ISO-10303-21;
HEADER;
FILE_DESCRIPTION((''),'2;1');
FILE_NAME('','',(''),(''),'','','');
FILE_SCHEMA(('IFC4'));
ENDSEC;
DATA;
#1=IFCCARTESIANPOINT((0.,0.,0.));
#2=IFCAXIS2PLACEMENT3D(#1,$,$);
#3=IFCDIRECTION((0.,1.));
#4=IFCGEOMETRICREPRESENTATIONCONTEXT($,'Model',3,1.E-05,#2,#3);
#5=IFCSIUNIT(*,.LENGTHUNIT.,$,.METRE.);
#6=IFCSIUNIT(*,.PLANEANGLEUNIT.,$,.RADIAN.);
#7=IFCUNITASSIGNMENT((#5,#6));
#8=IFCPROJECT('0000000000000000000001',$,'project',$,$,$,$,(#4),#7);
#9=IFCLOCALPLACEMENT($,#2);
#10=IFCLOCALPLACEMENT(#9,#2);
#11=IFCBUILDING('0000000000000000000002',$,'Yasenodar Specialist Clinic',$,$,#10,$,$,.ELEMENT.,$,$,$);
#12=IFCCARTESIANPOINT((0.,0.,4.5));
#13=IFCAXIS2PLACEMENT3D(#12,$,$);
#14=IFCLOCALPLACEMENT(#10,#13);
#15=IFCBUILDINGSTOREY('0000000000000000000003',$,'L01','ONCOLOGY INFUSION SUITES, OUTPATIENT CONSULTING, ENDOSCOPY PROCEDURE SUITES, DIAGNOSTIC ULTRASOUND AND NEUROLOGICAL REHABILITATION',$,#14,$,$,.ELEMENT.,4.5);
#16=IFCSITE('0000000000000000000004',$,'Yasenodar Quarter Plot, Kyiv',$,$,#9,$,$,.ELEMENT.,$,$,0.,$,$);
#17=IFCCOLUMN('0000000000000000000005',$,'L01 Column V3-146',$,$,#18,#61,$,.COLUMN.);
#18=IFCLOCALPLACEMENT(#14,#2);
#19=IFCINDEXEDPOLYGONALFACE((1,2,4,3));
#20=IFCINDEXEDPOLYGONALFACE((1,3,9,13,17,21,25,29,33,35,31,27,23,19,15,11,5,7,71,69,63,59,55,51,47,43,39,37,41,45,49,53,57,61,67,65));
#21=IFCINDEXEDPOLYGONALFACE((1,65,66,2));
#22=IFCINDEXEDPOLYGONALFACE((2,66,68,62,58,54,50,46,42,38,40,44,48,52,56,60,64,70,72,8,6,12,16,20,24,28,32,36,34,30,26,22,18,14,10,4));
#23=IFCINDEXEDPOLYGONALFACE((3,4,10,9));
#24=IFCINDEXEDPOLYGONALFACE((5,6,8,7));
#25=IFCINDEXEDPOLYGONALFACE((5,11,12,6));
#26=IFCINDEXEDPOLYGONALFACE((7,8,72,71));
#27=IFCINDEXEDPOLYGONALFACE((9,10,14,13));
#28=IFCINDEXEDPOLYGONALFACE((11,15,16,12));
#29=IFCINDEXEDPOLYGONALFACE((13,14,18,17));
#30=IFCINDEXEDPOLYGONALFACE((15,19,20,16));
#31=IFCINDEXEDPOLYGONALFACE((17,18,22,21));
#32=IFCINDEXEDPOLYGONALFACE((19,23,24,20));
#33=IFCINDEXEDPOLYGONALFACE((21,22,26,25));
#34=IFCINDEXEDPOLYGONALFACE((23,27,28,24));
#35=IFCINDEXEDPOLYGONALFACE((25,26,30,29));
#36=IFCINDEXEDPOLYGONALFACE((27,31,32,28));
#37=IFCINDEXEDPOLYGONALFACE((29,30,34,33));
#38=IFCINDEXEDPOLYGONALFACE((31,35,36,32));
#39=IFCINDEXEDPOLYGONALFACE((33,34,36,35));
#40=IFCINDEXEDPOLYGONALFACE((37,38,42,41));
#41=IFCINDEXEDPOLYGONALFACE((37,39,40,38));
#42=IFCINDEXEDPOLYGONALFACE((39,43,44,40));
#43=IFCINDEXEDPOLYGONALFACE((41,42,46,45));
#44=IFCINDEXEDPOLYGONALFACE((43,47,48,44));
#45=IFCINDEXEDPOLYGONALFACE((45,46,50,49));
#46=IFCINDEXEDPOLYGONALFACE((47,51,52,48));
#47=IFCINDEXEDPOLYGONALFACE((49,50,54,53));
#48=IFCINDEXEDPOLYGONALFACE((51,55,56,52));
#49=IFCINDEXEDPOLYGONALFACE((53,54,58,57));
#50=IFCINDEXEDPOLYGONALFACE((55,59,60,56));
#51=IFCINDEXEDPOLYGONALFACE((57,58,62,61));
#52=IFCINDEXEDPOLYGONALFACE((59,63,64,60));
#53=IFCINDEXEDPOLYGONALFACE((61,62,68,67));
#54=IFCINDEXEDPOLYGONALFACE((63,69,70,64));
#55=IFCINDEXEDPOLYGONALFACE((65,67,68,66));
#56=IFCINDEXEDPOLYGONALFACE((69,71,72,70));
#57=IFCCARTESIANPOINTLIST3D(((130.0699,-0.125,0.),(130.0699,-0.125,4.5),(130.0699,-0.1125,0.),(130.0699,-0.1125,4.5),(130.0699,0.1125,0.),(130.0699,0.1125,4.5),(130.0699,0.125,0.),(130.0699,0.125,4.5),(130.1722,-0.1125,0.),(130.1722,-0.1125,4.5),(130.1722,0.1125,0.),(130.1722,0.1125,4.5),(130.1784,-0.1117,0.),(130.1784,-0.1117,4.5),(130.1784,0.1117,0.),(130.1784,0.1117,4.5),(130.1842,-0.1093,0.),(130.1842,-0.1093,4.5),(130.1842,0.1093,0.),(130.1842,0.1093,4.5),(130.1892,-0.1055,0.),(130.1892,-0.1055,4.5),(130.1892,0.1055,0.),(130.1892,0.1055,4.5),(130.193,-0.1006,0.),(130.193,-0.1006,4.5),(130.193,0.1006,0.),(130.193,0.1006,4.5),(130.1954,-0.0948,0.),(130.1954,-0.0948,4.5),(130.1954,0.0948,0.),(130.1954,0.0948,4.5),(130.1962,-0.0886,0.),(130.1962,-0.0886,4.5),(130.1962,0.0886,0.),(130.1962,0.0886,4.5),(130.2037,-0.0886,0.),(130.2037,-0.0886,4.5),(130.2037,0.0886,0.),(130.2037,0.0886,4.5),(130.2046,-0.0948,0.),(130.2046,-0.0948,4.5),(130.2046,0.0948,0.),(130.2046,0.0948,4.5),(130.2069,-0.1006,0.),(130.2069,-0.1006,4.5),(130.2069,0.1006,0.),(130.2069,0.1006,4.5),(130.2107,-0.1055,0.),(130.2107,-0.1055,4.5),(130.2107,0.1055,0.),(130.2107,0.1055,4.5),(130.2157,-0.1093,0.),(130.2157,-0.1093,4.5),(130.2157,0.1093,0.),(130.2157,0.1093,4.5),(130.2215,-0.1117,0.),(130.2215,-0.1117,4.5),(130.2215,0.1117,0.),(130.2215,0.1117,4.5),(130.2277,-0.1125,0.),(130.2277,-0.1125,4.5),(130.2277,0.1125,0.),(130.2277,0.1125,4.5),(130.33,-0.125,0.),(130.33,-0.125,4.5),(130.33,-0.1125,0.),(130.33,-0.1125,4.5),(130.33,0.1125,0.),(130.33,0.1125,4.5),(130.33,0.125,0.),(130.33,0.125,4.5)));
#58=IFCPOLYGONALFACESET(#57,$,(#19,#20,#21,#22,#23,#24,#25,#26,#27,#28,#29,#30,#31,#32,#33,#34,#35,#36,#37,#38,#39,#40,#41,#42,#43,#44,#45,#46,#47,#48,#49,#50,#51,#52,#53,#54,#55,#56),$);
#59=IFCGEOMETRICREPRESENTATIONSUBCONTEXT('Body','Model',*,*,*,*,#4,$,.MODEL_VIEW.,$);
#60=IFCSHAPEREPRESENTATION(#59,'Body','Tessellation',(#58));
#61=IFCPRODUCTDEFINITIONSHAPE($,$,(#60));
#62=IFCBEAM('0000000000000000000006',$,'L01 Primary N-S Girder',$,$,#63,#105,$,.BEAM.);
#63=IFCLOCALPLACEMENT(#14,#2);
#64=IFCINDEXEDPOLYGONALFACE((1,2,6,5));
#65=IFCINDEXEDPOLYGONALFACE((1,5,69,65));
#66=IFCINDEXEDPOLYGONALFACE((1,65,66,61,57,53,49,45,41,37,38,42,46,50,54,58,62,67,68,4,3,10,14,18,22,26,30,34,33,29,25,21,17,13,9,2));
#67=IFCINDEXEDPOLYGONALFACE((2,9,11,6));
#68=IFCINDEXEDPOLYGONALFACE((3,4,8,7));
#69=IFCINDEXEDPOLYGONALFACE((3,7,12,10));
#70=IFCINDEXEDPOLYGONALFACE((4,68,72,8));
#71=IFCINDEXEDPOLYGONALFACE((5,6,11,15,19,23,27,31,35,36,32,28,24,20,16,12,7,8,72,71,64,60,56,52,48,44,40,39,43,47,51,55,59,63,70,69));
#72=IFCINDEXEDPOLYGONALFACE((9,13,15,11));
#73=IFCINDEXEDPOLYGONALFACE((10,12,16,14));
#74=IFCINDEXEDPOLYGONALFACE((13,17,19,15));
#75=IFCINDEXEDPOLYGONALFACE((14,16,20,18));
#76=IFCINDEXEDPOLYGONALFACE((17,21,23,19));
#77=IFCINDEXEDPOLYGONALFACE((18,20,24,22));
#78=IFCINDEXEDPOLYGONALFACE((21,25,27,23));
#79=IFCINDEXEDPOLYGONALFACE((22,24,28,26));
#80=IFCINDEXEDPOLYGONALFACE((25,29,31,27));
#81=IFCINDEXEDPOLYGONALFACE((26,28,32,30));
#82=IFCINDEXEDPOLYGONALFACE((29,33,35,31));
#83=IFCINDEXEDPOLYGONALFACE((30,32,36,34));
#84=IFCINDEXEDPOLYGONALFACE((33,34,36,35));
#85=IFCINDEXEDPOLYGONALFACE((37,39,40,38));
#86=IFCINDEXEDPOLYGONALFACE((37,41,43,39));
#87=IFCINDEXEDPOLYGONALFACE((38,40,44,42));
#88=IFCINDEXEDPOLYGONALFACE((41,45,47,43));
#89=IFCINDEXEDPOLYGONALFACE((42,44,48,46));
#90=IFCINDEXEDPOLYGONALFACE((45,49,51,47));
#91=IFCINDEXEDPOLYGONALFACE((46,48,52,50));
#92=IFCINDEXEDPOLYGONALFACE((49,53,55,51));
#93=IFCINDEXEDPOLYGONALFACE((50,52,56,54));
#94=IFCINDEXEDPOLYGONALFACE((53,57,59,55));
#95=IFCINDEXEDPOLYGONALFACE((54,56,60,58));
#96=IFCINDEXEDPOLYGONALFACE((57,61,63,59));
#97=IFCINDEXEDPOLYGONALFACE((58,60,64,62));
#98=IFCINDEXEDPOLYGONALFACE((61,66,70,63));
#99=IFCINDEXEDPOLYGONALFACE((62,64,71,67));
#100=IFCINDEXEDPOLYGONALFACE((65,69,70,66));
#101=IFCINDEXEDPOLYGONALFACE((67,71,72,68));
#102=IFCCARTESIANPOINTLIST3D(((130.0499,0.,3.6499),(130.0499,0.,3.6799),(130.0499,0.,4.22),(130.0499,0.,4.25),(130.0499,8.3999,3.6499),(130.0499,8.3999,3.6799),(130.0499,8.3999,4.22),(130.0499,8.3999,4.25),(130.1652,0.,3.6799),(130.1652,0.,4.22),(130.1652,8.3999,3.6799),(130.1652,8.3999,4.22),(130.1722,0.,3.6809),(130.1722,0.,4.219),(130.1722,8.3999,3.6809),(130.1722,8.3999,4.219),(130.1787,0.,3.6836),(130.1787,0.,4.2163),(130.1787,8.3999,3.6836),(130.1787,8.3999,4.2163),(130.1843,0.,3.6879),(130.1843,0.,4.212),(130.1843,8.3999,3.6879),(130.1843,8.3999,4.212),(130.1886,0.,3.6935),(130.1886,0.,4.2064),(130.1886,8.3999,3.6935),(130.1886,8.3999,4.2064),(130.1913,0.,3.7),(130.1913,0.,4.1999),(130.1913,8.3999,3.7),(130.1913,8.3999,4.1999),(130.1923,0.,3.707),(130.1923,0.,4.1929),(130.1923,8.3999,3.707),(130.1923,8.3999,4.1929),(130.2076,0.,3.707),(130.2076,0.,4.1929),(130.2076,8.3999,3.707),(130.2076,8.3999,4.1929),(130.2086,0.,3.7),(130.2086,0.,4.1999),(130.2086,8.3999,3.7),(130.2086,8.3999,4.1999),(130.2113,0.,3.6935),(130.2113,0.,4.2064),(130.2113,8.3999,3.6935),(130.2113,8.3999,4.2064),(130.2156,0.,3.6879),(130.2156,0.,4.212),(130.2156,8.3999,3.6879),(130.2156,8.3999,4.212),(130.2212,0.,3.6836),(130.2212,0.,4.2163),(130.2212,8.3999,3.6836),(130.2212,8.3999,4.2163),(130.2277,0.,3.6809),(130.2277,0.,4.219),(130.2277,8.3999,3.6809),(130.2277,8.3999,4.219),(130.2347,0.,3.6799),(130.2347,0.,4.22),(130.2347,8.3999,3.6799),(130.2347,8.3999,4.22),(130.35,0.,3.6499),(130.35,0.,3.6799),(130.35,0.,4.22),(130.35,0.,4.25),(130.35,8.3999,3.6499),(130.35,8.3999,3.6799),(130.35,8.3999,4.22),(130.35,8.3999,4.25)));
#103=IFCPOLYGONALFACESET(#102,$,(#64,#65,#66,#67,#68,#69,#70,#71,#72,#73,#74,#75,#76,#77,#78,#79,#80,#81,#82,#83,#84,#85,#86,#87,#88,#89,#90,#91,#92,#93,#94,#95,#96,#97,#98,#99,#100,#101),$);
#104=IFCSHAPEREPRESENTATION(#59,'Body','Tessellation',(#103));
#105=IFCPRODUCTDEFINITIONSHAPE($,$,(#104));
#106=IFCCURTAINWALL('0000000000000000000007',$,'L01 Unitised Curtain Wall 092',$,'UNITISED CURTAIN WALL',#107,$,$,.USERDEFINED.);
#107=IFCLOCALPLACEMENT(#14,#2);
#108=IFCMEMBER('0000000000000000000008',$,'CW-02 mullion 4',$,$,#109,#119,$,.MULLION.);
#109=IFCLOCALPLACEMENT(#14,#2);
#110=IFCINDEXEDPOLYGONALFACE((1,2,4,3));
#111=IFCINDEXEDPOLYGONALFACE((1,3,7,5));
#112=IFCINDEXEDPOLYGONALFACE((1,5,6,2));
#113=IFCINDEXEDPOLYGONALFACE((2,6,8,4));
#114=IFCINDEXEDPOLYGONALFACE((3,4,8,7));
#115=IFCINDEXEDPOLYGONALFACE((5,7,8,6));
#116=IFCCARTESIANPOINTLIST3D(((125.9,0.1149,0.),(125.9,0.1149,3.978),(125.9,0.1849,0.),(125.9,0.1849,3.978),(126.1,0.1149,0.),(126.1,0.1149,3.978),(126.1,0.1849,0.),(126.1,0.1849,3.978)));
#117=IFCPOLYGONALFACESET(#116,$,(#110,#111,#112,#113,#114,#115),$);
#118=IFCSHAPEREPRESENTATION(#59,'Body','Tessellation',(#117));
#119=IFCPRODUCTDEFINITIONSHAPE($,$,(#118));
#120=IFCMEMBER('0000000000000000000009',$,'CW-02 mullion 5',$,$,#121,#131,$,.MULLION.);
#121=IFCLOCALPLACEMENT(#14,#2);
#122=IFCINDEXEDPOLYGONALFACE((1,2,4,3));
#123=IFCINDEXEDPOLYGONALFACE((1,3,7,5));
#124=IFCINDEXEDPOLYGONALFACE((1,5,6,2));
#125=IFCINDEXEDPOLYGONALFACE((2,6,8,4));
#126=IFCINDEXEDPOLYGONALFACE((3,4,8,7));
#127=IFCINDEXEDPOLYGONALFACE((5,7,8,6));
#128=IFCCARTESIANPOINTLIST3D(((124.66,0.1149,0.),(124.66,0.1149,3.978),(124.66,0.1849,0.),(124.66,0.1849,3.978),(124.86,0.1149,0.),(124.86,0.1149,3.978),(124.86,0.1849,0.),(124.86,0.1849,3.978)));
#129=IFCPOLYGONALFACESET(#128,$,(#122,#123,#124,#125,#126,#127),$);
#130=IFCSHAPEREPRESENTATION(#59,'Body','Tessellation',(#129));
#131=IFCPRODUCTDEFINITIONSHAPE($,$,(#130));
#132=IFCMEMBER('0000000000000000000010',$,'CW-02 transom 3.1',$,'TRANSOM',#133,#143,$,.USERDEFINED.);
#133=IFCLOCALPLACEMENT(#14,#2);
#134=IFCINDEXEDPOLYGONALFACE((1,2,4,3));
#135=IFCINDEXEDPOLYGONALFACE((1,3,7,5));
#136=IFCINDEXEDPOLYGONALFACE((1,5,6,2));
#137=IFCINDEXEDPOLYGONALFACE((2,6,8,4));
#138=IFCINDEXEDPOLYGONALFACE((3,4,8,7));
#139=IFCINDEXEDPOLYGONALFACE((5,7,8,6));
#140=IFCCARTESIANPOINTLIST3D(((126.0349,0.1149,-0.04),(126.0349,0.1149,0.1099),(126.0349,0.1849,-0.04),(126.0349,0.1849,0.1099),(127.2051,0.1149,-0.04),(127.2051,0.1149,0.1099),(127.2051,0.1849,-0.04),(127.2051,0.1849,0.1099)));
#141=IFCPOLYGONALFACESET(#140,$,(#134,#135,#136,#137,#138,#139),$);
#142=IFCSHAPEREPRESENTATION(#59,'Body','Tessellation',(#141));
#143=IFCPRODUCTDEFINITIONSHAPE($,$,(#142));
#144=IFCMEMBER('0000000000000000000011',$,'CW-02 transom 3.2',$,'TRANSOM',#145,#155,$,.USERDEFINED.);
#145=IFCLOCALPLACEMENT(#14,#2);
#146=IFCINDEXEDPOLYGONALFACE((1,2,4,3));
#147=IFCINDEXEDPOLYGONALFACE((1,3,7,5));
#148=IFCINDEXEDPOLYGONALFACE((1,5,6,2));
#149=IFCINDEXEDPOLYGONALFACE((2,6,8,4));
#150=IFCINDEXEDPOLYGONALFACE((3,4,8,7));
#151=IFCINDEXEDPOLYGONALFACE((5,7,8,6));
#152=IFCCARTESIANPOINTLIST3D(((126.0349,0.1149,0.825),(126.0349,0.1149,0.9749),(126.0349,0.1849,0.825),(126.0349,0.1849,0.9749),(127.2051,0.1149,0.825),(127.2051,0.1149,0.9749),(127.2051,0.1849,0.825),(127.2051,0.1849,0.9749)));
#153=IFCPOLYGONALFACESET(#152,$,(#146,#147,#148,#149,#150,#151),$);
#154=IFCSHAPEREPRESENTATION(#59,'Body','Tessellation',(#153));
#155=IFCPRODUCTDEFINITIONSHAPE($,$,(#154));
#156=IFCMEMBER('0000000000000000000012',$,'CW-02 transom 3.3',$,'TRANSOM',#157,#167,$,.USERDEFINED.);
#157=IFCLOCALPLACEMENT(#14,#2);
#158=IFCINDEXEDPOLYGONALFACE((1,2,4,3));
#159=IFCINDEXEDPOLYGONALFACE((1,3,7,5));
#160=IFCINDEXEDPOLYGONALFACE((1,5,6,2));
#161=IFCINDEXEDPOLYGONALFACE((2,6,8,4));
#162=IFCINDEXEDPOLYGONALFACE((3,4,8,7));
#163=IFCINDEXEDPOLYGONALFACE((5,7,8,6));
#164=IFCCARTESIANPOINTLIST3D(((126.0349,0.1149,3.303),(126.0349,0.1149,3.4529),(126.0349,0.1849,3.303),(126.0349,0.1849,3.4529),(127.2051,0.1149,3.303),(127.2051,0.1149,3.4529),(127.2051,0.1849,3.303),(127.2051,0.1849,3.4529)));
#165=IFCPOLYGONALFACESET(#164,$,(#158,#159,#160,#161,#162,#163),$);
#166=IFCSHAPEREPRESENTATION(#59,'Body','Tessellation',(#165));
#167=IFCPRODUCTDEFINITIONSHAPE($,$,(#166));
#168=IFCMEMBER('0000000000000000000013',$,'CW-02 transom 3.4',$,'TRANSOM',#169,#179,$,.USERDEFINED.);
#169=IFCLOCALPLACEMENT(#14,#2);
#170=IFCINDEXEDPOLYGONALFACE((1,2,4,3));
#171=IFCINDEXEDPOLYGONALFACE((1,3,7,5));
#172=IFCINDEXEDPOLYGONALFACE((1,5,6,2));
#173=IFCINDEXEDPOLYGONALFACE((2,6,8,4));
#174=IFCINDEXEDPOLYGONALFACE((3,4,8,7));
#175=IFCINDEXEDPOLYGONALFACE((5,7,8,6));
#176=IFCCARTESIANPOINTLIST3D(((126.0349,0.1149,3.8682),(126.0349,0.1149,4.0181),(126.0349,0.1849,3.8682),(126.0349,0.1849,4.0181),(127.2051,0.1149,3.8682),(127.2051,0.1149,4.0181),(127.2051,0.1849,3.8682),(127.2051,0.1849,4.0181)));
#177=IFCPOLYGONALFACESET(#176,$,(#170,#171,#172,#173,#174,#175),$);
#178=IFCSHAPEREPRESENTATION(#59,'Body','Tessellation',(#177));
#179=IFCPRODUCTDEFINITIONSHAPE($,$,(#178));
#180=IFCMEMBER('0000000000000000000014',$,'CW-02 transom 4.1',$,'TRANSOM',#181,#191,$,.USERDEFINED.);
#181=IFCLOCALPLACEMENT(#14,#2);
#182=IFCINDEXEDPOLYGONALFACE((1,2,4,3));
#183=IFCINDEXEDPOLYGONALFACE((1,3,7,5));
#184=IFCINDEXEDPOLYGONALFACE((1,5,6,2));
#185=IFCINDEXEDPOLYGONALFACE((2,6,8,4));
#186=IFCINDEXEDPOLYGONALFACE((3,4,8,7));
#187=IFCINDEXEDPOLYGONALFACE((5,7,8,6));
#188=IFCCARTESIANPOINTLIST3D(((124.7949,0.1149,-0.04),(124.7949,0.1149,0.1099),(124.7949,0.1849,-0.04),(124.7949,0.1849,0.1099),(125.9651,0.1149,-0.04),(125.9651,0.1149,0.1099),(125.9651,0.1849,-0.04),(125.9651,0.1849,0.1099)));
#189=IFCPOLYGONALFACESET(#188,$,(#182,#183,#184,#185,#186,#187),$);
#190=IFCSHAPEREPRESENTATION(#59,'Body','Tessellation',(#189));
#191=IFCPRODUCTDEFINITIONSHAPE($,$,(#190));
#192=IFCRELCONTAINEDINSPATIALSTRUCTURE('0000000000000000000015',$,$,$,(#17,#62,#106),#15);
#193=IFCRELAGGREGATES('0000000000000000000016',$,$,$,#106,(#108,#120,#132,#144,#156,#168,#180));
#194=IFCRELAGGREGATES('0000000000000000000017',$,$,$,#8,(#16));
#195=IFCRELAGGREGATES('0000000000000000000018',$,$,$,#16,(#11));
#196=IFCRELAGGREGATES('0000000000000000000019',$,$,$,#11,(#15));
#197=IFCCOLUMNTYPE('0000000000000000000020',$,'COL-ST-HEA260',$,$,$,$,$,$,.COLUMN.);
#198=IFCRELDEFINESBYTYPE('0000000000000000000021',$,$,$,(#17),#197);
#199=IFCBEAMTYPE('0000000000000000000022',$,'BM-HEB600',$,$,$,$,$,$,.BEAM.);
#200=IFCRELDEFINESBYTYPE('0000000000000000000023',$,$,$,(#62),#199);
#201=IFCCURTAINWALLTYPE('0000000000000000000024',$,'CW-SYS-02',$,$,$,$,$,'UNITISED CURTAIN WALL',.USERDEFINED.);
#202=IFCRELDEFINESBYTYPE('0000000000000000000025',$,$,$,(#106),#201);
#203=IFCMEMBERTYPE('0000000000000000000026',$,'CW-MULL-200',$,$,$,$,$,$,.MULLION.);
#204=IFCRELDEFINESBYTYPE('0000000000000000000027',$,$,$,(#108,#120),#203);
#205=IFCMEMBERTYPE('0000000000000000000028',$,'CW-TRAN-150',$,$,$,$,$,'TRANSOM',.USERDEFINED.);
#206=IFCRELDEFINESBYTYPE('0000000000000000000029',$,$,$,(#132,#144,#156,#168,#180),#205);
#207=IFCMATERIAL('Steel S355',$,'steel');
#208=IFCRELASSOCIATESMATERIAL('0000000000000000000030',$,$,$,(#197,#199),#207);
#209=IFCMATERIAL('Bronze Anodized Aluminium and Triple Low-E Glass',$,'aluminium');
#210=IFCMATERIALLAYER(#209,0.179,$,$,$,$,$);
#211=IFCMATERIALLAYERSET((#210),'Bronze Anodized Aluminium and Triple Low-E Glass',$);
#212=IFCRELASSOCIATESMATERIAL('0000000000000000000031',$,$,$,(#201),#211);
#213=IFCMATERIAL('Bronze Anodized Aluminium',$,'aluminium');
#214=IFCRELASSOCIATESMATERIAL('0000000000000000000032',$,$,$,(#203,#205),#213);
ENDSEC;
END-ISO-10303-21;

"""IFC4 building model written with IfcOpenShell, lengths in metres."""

from ifc_helpers import new_model, si_unit, direction, frame, origin, origin_2d, place, context, subcontext, project, spatial, rectangle, i_section, extrude, material, layer, layer_set, material_profile, profile_set, type_object, element, aggregate, save


model = new_model("IFC4")

# Units and contexts
model_context = context("Model", 3, precision=1e-05, world=origin(), true_north=direction((0.0, 1.0)))
body_context = subcontext(model_context, "Body", "Model", "MODEL_VIEW")
ifc_project = project(units=[si_unit("LENGTHUNIT", "METRE"), si_unit("PLANEANGLEUNIT", "RADIAN")], contexts=[model_context])

# Site, building, storey
site_placement = place(None, origin())
site = spatial("IfcSite", under=ifc_project, at=site_placement, Name="Yasenodar Quarter Plot, Kyiv", CompositionType="ELEMENT", RefElevation=0.0)
building_placement = place(site_placement, origin())
building = spatial("IfcBuilding", under=site, at=building_placement, Name="Yasenodar Specialist Clinic", CompositionType="ELEMENT")
storey_placement = place(building_placement, frame((0.0, 0.0, 4.5)))
storey = spatial("IfcBuildingStorey", under=building, at=storey_placement, Name="L01", Description="ONCOLOGY INFUSION SUITES, OUTPATIENT CONSULTING, ENDOSCOPY PROCEDURE SUITES, DIAGNOSTIC ULTRASOUND AND NEUROLOGICAL REHABILITATION", CompositionType="ELEMENT", Elevation=4.5)

# Column
ifc_material_1 = material(Name="Steel S355", Category="steel")
ifc_material_profile_1 = material_profile(ifc_material_1, i_section(OverallWidth=0.26, OverallDepth=0.25, WebThickness=0.0076, FlangeThickness=0.0125, FilletRadius=0.0239, at=origin_2d()), Name="HEA 260")
ifc_profile_set_1 = profile_set([ifc_material_profile_1], Name="Steel S355")
column_type = type_object("IfcColumnType", Name="COL-ST-HEA260", PredefinedType="COLUMN", material=ifc_profile_set_1)
column_placement = place(storey_placement, frame((130.2, 0.0, 0.0), z_axis=(0.0, 0.0, 1.0), x_axis=(1.0, 0.0, 0.0)))
element("IfcColumn", 1, at=column_placement, inside=storey, type_object=column_type, Name="L01 Column V3-146", PredefinedType="COLUMN", context=body_context, shape_type="SweptSolid", body=[
    extrude(i_section(OverallWidth=0.26, OverallDepth=0.25, WebThickness=0.0076, FlangeThickness=0.0125, FilletRadius=0.0239, at=origin_2d()), origin(), (0.0, 0.0, 1.0), 4.5),
])

# Beam
ifc_material_profile_2 = material_profile(ifc_material_1, i_section(OverallWidth=0.3, OverallDepth=0.6001, WebThickness=0.0154, FlangeThickness=0.03, FilletRadius=0.0271, at=origin_2d()), Name="HEB 600")
ifc_profile_set_2 = profile_set([ifc_material_profile_2], Name="Steel S355")
beam_type_1 = type_object("IfcBeamType", Name="BM-HEB600", PredefinedType="BEAM", material=ifc_profile_set_2)
beam_1_placement = place(storey_placement, frame((130.2, 0.0, 3.95), z_axis=(0.0, 1.0, 0.0), x_axis=(-1.0, 0.0, 0.0)))
element("IfcBeam", 2, at=beam_1_placement, inside=storey, type_object=beam_type_1, Name="L01 Primary N-S Girder", PredefinedType="BEAM", context=body_context, shape_type="SweptSolid", body=[
    extrude(i_section(OverallWidth=0.3, OverallDepth=0.6001, WebThickness=0.0154, FlangeThickness=0.03, FilletRadius=0.0271, at=origin_2d()), origin(), (0.0, 0.0, 1.0), 8.3999),
])

# Curtain wall, members
ifc_material_2 = material(Name="Bronze Anodized Aluminium and Triple Low-E Glass", Category="aluminium")
ifc_layer_1 = layer(ifc_material_2, 0.179)
ifc_layer_set_1 = layer_set([ifc_layer_1], Name="Bronze Anodized Aluminium and Triple Low-E Glass")
curtain_wall_type = type_object("IfcCurtainWallType", Name="CW-SYS-02", ElementType="UNITISED CURTAIN WALL", PredefinedType="USERDEFINED", material=ifc_layer_set_1)
curtain_wall_placement = place(storey_placement, origin())
curtain_wall = element("IfcCurtainWall", 3, at=curtain_wall_placement, inside=storey, type_object=curtain_wall_type, Name="L01 Unitised Curtain Wall 092", ObjectType="UNITISED CURTAIN WALL", PredefinedType="USERDEFINED")
ifc_material_3 = material(Name="Bronze Anodized Aluminium", Category="aluminium")
ifc_material_profile_3 = material_profile(ifc_material_3, rectangle(XDim=0.0701, YDim=0.2, at=origin_2d()), Name="CW-MULL 70x200")
ifc_profile_set_3 = profile_set([ifc_material_profile_3], Name="Bronze Anodized Aluminium")
member_type_1 = type_object("IfcMemberType", Name="CW-MULL-200", PredefinedType="MULLION", material=ifc_profile_set_3)
member_1_placement = place(storey_placement, frame((126.0, 0.1499, 0.0), z_axis=(0.0, 0.0, 1.0), x_axis=(0.0, -1.0, 0.0)))
member_1 = element("IfcMember", 4, at=member_1_placement, type_object=member_type_1, Name="CW-02 mullion 4", PredefinedType="MULLION", context=body_context, shape_type="SweptSolid", body=[
    extrude(rectangle(XDim=0.0701, YDim=0.2, at=origin_2d()), origin(), (0.0, 0.0, 1.0), 3.978),
])
member_2_placement = place(storey_placement, frame((124.76, 0.1499, 0.0), z_axis=(0.0, 0.0, 1.0), x_axis=(0.0, -1.0, 0.0)))
member_2 = element("IfcMember", 5, at=member_2_placement, type_object=member_type_1, Name="CW-02 mullion 5", PredefinedType="MULLION", context=body_context, shape_type="SweptSolid", body=[
    extrude(rectangle(XDim=0.0701, YDim=0.2, at=origin_2d()), origin(), (0.0, 0.0, 1.0), 3.978),
])
ifc_material_profile_4 = material_profile(ifc_material_3, rectangle(XDim=0.0701, YDim=0.1499, at=origin_2d()), Name="CW-TRAN 70x150")
ifc_profile_set_4 = profile_set([ifc_material_profile_4], Name="Bronze Anodized Aluminium")
member_type_2 = type_object("IfcMemberType", Name="CW-TRAN-150", ElementType="TRANSOM", PredefinedType="USERDEFINED", material=ifc_profile_set_4)
member_3_placement = place(storey_placement, frame((127.2051, 0.1499, 0.0349), z_axis=(-1.0, 0.0, 0.0), x_axis=(0.0, -1.0, 0.0)))
member_3 = element("IfcMember", 6, at=member_3_placement, type_object=member_type_2, Name="CW-02 transom 3.1", ObjectType="TRANSOM", PredefinedType="USERDEFINED", context=body_context, shape_type="SweptSolid", body=[
    extrude(rectangle(XDim=0.0701, YDim=0.1499, at=origin_2d()), origin(), (0.0, 0.0, 1.0), 1.1702),
])
member_4_placement = place(storey_placement, frame((127.2051, 0.1499, 0.8999), z_axis=(-1.0, 0.0, 0.0), x_axis=(0.0, -1.0, 0.0)))
member_4 = element("IfcMember", 7, at=member_4_placement, type_object=member_type_2, Name="CW-02 transom 3.2", ObjectType="TRANSOM", PredefinedType="USERDEFINED", context=body_context, shape_type="SweptSolid", body=[
    extrude(rectangle(XDim=0.0701, YDim=0.1499, at=origin_2d()), origin(), (0.0, 0.0, 1.0), 1.1702),
])
member_5_placement = place(storey_placement, frame((127.2051, 0.1499, 3.3779), z_axis=(-1.0, 0.0, 0.0), x_axis=(0.0, -1.0, 0.0)))
member_5 = element("IfcMember", 8, at=member_5_placement, type_object=member_type_2, Name="CW-02 transom 3.3", ObjectType="TRANSOM", PredefinedType="USERDEFINED", context=body_context, shape_type="SweptSolid", body=[
    extrude(rectangle(XDim=0.0701, YDim=0.1499, at=origin_2d()), origin(), (0.0, 0.0, 1.0), 1.1702),
])
member_6_placement = place(storey_placement, frame((127.2051, 0.1499, 3.9431), z_axis=(-1.0, 0.0, 0.0), x_axis=(0.0, -1.0, 0.0)))
member_6 = element("IfcMember", 9, at=member_6_placement, type_object=member_type_2, Name="CW-02 transom 3.4", ObjectType="TRANSOM", PredefinedType="USERDEFINED", context=body_context, shape_type="SweptSolid", body=[
    extrude(rectangle(XDim=0.0701, YDim=0.1499, at=origin_2d()), origin(), (0.0, 0.0, 1.0), 1.1702),
])
member_7_placement = place(storey_placement, frame((125.9651, 0.1499, 0.0349), z_axis=(-1.0, 0.0, 0.0), x_axis=(0.0, -1.0, 0.0)))
member_7 = element("IfcMember", 10, at=member_7_placement, type_object=member_type_2, Name="CW-02 transom 4.1", ObjectType="TRANSOM", PredefinedType="USERDEFINED", context=body_context, shape_type="SweptSolid", body=[
    extrude(rectangle(XDim=0.0701, YDim=0.1499, at=origin_2d()), origin(), (0.0, 0.0, 1.0), 1.1702),
])

aggregate(curtain_wall, [member_1, member_2, member_3, member_4, member_5, member_6, member_7])

save(model, "model.ifc")
